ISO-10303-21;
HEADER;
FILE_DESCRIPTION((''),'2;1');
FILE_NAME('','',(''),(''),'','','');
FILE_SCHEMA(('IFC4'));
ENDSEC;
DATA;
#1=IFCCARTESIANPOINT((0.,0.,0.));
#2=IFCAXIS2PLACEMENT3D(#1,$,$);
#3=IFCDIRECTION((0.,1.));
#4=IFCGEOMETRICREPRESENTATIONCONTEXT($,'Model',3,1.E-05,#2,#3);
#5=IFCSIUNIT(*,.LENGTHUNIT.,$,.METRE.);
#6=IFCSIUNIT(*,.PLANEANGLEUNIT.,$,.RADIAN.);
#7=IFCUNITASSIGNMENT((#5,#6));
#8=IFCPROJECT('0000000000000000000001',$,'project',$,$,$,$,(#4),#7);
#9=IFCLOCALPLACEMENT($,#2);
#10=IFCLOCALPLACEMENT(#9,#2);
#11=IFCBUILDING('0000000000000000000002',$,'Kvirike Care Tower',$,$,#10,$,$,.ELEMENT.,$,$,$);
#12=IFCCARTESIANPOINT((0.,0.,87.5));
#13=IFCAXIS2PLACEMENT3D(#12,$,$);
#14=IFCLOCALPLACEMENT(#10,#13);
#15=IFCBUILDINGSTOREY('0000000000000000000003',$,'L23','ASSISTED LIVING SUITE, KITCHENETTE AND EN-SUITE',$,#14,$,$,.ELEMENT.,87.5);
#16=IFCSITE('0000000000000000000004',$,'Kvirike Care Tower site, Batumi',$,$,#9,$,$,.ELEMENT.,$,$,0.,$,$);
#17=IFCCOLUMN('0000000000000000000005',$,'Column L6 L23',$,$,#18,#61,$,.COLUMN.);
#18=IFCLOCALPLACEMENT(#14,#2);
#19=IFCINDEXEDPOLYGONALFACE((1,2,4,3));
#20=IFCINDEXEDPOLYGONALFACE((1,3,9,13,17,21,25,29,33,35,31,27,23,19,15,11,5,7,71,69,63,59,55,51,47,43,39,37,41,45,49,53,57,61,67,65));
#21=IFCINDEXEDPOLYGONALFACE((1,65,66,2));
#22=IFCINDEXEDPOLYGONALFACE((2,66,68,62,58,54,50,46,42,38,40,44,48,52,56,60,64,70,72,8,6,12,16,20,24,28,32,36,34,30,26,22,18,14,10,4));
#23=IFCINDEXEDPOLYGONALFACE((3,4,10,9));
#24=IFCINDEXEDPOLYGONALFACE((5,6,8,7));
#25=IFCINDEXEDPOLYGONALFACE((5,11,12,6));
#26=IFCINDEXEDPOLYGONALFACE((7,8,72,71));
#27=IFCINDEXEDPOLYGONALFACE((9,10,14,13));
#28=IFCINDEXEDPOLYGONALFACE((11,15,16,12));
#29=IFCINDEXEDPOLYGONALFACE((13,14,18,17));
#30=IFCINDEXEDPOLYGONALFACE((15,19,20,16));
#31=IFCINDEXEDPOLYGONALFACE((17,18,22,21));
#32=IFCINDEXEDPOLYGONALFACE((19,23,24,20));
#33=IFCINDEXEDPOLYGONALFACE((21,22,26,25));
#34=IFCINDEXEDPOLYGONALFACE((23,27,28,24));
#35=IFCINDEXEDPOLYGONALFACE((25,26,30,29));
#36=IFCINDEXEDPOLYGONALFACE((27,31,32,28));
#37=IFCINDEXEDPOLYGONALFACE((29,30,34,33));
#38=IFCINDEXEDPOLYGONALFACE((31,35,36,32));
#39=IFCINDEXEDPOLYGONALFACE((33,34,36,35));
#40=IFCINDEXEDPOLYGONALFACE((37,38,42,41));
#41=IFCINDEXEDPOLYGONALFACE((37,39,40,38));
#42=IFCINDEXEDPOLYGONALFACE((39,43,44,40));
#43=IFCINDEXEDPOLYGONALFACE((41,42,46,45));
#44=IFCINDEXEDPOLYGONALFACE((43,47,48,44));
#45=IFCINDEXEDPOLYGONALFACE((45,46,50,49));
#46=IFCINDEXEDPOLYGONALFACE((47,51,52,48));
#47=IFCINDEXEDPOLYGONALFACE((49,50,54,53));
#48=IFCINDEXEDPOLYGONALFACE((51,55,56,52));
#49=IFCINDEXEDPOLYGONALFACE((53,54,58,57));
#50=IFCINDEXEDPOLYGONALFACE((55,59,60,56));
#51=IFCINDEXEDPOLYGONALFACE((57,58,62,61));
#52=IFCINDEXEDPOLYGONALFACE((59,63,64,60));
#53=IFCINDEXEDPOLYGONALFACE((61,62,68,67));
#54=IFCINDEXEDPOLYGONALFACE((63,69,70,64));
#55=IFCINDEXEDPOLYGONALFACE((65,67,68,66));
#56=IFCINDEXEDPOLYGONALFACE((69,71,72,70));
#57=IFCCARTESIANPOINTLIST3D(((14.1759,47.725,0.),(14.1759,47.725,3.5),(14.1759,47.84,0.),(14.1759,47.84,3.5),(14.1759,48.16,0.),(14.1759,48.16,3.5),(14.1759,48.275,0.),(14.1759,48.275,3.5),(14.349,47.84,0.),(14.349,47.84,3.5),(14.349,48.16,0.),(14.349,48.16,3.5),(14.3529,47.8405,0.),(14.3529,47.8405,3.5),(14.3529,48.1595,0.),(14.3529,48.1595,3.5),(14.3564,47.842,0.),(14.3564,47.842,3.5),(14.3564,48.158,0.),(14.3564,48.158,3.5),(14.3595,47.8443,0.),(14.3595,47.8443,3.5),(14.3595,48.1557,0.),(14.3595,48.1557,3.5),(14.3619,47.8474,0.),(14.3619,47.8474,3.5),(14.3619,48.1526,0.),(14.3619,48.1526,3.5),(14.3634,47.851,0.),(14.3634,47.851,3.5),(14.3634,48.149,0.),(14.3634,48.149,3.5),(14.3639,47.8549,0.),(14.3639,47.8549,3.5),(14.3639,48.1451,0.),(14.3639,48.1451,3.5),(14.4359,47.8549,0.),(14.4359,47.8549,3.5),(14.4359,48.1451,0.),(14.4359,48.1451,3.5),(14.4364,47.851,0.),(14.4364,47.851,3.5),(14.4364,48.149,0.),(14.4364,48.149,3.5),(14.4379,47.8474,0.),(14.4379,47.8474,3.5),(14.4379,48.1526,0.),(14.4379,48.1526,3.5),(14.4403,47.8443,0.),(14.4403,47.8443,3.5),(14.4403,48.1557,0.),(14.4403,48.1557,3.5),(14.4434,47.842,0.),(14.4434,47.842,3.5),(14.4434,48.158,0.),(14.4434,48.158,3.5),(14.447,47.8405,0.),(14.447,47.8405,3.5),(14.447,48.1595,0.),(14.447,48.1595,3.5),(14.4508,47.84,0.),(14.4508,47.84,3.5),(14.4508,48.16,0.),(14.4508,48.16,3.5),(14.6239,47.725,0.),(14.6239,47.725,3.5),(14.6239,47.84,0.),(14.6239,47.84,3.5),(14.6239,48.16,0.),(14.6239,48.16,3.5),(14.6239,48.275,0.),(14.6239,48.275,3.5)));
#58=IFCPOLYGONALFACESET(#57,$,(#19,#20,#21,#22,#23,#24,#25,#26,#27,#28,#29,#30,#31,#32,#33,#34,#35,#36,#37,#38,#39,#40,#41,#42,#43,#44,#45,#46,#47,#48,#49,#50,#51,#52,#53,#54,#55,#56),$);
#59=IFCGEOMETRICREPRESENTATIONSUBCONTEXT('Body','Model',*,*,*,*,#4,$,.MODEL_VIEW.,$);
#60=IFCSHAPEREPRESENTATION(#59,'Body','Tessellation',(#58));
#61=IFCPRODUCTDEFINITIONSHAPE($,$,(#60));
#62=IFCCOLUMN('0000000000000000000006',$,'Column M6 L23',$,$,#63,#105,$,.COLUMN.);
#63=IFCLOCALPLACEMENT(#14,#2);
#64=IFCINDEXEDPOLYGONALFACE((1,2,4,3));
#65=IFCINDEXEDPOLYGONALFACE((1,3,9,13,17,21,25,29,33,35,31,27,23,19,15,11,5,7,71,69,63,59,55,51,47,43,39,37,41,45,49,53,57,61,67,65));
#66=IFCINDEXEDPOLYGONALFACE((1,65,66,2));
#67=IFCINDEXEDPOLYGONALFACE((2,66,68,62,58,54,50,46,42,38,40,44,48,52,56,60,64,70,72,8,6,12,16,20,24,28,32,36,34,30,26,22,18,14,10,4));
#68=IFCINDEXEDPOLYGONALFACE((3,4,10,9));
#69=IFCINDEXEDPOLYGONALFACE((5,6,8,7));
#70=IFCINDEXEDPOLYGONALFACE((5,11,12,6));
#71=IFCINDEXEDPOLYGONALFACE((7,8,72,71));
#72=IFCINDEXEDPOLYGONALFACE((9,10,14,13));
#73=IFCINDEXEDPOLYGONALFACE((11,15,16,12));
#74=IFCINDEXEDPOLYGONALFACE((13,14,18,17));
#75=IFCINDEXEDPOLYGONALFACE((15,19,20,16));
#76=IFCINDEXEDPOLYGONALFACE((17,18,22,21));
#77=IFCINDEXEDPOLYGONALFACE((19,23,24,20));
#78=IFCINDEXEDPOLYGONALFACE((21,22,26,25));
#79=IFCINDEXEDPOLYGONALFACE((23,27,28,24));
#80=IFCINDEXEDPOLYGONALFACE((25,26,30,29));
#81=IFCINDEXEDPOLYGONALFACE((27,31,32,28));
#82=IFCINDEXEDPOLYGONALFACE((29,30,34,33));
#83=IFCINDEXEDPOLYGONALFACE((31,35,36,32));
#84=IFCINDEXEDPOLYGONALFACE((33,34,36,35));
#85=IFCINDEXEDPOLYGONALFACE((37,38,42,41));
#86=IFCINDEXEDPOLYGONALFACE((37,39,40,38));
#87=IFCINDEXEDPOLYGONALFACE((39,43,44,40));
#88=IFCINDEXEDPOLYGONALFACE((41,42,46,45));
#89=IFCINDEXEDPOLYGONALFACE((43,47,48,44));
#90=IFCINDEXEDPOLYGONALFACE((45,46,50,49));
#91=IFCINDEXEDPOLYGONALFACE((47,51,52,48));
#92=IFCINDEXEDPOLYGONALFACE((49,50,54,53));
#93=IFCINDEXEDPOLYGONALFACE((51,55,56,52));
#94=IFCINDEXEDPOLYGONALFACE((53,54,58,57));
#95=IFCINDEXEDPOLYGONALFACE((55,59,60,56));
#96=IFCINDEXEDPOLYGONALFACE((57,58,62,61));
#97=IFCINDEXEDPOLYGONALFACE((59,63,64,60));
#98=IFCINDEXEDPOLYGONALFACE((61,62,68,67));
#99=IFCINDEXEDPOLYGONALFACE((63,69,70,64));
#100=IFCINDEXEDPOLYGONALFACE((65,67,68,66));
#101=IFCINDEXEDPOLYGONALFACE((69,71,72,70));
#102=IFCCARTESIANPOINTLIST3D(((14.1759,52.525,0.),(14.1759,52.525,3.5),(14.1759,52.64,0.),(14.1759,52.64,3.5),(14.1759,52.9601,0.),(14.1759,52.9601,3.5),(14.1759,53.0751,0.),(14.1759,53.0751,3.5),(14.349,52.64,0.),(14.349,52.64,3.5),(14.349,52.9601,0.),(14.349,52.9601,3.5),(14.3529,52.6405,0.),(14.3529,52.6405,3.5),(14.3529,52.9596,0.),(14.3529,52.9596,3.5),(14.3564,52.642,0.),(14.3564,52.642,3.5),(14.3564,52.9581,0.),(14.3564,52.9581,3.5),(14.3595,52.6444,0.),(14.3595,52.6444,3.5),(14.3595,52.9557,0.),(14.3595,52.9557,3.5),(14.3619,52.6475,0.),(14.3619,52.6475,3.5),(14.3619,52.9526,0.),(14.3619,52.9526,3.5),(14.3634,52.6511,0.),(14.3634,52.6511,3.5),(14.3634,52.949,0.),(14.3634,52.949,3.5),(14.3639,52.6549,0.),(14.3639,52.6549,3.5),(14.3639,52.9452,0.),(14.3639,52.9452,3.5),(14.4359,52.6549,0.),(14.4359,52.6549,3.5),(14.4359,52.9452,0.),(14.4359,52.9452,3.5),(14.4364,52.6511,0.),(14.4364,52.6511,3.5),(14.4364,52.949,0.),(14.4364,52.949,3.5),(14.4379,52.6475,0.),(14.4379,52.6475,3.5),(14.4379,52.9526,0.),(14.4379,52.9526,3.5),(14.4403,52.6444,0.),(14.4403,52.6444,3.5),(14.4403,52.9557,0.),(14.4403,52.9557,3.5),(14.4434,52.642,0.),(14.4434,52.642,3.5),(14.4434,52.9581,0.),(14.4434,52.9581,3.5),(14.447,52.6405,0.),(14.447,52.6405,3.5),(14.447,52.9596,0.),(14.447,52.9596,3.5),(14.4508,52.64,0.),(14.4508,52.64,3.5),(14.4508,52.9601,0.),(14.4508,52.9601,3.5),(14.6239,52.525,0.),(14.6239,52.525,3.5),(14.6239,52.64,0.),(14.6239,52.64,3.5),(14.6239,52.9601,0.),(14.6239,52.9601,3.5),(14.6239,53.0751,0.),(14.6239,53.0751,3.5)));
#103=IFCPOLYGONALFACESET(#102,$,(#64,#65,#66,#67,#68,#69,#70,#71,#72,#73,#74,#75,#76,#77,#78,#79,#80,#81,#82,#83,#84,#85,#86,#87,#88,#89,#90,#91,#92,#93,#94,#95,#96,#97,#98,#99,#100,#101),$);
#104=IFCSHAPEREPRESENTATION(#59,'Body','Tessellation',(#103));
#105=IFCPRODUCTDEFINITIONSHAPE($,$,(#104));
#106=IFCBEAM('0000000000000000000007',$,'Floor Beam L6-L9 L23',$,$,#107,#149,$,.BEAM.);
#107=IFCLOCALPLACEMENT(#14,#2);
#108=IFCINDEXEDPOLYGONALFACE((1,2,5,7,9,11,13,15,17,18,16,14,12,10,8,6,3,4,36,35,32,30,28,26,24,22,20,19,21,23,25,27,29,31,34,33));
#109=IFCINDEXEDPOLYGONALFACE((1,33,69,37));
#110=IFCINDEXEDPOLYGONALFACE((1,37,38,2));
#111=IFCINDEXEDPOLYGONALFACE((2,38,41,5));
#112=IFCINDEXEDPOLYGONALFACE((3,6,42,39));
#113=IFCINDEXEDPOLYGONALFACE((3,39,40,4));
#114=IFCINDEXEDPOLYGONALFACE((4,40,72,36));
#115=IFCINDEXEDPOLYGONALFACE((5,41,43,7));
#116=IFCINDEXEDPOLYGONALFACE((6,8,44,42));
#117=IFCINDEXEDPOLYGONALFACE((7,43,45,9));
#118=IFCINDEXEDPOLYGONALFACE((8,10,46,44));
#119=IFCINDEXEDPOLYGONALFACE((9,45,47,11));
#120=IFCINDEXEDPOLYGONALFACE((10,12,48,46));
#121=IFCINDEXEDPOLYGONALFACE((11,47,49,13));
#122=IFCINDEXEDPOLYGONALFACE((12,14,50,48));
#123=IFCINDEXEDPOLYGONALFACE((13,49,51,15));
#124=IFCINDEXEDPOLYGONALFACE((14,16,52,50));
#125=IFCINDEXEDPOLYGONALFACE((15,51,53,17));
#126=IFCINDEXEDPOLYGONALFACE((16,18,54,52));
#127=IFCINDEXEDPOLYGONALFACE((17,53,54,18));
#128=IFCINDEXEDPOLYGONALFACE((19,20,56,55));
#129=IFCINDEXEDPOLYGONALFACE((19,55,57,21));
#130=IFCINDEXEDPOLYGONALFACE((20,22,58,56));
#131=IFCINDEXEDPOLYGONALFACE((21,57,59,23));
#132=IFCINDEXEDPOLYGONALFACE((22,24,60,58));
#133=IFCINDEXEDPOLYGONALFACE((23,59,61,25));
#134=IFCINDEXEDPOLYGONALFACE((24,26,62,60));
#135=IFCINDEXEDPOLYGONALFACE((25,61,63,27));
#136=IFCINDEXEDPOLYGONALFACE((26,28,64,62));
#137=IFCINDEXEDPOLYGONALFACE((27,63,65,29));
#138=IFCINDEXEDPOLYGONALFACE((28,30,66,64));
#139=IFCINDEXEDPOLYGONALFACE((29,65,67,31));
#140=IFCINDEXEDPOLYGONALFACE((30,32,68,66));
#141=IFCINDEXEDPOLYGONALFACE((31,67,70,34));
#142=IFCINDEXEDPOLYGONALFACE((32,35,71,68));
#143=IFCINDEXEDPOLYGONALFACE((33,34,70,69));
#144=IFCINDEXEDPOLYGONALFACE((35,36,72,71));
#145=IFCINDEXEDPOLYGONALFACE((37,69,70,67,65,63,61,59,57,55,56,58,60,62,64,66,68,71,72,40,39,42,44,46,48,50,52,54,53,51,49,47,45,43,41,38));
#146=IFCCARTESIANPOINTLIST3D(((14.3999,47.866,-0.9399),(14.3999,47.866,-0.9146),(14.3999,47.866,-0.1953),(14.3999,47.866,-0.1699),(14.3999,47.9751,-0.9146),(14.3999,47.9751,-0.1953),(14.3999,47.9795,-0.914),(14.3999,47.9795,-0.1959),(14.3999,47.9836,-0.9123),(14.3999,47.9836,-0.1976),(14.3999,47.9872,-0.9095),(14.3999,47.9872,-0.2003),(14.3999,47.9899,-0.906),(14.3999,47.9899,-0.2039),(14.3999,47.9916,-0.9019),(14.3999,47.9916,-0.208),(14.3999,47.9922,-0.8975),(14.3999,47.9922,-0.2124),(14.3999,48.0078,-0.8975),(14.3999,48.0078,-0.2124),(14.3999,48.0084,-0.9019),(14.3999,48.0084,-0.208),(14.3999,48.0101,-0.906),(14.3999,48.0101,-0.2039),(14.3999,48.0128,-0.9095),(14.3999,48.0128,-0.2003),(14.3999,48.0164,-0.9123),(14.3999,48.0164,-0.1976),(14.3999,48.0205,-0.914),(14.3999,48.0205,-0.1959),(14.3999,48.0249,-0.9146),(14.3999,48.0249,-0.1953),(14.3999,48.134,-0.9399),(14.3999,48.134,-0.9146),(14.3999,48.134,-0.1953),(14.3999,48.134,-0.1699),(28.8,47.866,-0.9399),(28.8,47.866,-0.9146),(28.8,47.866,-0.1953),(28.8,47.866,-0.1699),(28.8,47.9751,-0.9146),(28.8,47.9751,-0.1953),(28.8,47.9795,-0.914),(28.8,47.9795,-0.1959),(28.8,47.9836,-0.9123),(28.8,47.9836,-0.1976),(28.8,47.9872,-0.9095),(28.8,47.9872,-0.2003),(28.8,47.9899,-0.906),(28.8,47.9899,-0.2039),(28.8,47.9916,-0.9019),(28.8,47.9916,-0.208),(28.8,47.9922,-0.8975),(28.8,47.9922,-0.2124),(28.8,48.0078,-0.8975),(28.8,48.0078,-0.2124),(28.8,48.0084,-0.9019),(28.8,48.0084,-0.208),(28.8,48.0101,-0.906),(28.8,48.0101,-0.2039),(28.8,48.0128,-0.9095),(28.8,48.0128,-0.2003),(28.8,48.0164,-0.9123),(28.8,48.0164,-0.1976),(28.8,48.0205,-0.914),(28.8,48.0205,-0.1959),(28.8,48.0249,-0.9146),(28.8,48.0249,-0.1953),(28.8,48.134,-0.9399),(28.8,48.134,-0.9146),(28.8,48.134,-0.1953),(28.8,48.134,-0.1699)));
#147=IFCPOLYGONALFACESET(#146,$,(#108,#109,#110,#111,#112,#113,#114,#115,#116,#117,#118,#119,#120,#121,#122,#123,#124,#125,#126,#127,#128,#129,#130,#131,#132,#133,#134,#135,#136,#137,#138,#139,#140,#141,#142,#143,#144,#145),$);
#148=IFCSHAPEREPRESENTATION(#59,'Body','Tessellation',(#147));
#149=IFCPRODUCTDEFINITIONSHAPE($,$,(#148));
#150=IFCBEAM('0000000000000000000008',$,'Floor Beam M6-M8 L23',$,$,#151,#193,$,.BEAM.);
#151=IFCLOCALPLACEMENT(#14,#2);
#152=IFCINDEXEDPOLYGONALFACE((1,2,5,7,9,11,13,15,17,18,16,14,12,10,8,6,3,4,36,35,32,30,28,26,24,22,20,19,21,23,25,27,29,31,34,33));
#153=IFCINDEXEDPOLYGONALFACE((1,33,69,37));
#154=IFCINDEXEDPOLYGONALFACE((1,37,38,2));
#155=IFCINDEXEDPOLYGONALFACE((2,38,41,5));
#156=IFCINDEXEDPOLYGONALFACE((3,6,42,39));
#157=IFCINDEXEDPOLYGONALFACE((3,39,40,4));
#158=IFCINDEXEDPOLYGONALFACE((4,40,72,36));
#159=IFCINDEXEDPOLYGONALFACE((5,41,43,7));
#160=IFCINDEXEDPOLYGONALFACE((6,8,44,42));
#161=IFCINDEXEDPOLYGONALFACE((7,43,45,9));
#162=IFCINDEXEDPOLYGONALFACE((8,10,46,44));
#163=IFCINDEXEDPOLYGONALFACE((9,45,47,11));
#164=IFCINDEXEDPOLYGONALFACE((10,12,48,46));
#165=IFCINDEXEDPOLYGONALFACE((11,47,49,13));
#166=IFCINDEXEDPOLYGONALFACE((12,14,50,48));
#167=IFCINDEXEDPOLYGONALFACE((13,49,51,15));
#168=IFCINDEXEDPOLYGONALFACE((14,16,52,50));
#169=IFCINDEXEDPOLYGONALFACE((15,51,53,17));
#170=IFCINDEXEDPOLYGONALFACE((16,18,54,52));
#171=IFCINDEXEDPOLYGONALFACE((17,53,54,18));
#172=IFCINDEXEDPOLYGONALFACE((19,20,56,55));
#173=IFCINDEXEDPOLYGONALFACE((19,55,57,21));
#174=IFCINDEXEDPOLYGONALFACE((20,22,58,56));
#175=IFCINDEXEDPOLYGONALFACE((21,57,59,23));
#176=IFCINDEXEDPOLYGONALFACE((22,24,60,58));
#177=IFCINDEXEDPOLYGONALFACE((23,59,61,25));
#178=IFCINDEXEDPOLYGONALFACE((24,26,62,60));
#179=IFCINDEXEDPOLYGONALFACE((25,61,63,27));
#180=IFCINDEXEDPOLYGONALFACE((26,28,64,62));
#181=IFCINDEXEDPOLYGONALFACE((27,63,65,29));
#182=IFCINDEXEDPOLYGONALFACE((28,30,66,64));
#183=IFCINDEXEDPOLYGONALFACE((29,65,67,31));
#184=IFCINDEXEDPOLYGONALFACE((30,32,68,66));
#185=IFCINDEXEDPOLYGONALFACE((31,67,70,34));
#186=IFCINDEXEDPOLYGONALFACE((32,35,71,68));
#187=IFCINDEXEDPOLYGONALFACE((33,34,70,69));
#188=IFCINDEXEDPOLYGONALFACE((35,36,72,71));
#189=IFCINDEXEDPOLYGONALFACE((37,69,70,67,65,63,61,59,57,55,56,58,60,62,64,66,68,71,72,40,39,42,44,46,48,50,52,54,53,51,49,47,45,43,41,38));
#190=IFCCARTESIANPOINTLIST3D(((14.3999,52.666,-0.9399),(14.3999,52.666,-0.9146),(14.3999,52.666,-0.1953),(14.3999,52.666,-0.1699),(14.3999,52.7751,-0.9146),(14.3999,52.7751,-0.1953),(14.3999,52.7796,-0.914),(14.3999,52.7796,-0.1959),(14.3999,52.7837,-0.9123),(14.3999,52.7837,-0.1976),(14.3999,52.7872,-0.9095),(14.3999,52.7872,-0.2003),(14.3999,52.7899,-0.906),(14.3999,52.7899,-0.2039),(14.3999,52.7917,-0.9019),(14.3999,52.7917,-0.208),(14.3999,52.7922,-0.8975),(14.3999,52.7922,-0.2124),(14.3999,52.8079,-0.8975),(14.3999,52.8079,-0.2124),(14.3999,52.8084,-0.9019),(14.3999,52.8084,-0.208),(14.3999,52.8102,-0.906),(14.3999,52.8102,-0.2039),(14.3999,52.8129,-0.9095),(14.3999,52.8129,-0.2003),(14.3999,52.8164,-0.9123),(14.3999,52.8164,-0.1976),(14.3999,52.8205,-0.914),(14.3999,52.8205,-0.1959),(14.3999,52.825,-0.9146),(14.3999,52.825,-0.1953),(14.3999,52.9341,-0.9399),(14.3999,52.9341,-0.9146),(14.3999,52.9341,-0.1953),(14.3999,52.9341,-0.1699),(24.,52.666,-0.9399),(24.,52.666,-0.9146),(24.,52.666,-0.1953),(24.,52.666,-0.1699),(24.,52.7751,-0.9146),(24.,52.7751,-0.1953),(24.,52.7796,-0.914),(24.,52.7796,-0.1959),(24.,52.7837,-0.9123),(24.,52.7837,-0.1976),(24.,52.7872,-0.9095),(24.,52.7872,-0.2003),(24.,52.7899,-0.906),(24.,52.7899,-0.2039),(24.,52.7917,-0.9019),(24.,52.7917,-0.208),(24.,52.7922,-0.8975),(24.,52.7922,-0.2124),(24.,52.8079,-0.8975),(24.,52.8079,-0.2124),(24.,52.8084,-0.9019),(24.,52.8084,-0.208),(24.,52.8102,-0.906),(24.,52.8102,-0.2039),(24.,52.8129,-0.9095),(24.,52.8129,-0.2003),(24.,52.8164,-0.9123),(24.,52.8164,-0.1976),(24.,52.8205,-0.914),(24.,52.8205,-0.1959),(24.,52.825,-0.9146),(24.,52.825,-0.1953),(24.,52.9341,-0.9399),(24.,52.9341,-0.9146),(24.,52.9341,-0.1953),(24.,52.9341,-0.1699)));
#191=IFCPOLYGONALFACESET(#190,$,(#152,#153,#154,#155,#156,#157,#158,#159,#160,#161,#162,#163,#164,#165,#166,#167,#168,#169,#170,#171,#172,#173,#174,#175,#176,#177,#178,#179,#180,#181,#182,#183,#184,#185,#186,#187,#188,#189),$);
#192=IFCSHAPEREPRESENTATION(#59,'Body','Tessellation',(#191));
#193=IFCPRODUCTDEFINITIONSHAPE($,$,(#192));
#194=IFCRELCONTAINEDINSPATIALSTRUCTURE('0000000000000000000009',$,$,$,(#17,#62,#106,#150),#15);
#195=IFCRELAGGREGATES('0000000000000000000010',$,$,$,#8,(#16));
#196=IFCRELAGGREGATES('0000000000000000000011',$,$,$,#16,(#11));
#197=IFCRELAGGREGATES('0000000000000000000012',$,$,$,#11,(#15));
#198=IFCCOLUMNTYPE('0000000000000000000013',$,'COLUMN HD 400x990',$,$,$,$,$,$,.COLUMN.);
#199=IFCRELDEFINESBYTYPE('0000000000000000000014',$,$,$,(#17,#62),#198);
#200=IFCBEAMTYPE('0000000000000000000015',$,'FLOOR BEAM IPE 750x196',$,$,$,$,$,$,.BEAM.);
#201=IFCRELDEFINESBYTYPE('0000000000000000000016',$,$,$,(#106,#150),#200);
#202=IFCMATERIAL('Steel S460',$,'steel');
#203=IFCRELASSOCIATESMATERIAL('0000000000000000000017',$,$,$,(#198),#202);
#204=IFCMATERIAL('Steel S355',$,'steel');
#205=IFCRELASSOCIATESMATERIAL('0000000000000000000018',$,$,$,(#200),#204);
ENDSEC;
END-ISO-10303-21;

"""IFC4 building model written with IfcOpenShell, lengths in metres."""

from ifc_helpers import new_model, si_unit, direction, frame, origin, origin_2d, place, context, subcontext, project, spatial, i_section, extrude, material, material_profile, profile_set, type_object, element, save


model = new_model("IFC4")

# Units and contexts
model_context = context("Model", 3, precision=1e-05, world=origin(), true_north=direction((0.0, 1.0)))
body_context = subcontext(model_context, "Body", "Model", "MODEL_VIEW")
ifc_project = project(units=[si_unit("LENGTHUNIT", "METRE"), si_unit("PLANEANGLEUNIT", "RADIAN")], contexts=[model_context])

# Site, building, storey
site_placement = place(None, origin())
site = spatial("IfcSite", under=ifc_project, at=site_placement, Name="Kvirike Care Tower site, Batumi", CompositionType="ELEMENT", RefElevation=0.0)
building_placement = place(site_placement, origin())
building = spatial("IfcBuilding", under=site, at=building_placement, Name="Kvirike Care Tower", CompositionType="ELEMENT")
storey_placement = place(building_placement, frame((0.0, 0.0, 87.5)))
storey = spatial("IfcBuildingStorey", under=building, at=storey_placement, Name="L23", Description="ASSISTED LIVING SUITE, KITCHENETTE AND EN-SUITE", CompositionType="ELEMENT", Elevation=87.5)

# Columns
ifc_material_1 = material(Name="Steel S460", Category="steel")
ifc_material_profile_1 = material_profile(ifc_material_1, i_section(OverallWidth=0.448, OverallDepth=0.55, WebThickness=0.072, FlangeThickness=0.115, FilletRadius=0.0149, at=origin_2d()), Name="HD 400x990")
ifc_profile_set_1 = profile_set([ifc_material_profile_1], Name="Steel S460")
column_type = type_object("IfcColumnType", Name="COLUMN HD 400x990", PredefinedType="COLUMN", material=ifc_profile_set_1)
for number, where, z_axis, x_axis, name in (
    (1, (14.3999, 48.0, 0.0), (0.0, 0.0, 1.0), (1.0, 0.0, 0.0), "Column L6 L23"),
    (2, (14.3999, 52.8, 0.0), (0.0, 0.0, 1.0), (1.0, 0.0, 0.0), "Column M6 L23"),
):
    element("IfcColumn", number, at=place(storey_placement, frame(where, z_axis=z_axis, x_axis=x_axis)), inside=storey, type_object=column_type, Name=name, PredefinedType="COLUMN", context=body_context, shape_type="SweptSolid", body=[
        extrude(i_section(OverallWidth=0.448, OverallDepth=0.55, WebThickness=0.072, FlangeThickness=0.115, FilletRadius=0.0149, at=origin_2d()), origin(), (0.0, 0.0, 1.0), 3.5),
    ])

# Beams
ifc_material_2 = material(Name="Steel S355", Category="steel")
ifc_material_profile_2 = material_profile(ifc_material_2, i_section(OverallWidth=0.2681, OverallDepth=0.77, WebThickness=0.0156, FlangeThickness=0.0254, FilletRadius=0.0171, at=origin_2d()), Name="IPE 750x196")
ifc_profile_set_2 = profile_set([ifc_material_profile_2], Name="Steel S355")
beam_type_1 = type_object("IfcBeamType", Name="FLOOR BEAM IPE 750x196", PredefinedType="BEAM", material=ifc_profile_set_2)
beam_1_placement = place(storey_placement, frame((14.3999, 48.0, -0.5549), z_axis=(1.0, 0.0, 0.0), x_axis=(0.0, 1.0, 0.0)))
element("IfcBeam", 3, at=beam_1_placement, inside=storey, type_object=beam_type_1, Name="Floor Beam L6-L9 L23", PredefinedType="BEAM", context=body_context, shape_type="SweptSolid", body=[
    extrude(i_section(OverallWidth=0.2681, OverallDepth=0.77, WebThickness=0.0156, FlangeThickness=0.0254, FilletRadius=0.0171, at=origin_2d()), origin(), (0.0, 0.0, 1.0), 14.4001),
])
beam_2_placement = place(storey_placement, frame((14.3999, 52.8, -0.5549), z_axis=(1.0, 0.0, 0.0), x_axis=(0.0, 1.0, 0.0)))
element("IfcBeam", 4, at=beam_2_placement, inside=storey, type_object=beam_type_1, Name="Floor Beam M6-M8 L23", PredefinedType="BEAM", context=body_context, shape_type="SweptSolid", body=[
    extrude(i_section(OverallWidth=0.2681, OverallDepth=0.77, WebThickness=0.0156, FlangeThickness=0.0254, FilletRadius=0.0171, at=origin_2d()), origin(), (0.0, 0.0, 1.0), 9.6001),
])

save(model, "model.ifc")
